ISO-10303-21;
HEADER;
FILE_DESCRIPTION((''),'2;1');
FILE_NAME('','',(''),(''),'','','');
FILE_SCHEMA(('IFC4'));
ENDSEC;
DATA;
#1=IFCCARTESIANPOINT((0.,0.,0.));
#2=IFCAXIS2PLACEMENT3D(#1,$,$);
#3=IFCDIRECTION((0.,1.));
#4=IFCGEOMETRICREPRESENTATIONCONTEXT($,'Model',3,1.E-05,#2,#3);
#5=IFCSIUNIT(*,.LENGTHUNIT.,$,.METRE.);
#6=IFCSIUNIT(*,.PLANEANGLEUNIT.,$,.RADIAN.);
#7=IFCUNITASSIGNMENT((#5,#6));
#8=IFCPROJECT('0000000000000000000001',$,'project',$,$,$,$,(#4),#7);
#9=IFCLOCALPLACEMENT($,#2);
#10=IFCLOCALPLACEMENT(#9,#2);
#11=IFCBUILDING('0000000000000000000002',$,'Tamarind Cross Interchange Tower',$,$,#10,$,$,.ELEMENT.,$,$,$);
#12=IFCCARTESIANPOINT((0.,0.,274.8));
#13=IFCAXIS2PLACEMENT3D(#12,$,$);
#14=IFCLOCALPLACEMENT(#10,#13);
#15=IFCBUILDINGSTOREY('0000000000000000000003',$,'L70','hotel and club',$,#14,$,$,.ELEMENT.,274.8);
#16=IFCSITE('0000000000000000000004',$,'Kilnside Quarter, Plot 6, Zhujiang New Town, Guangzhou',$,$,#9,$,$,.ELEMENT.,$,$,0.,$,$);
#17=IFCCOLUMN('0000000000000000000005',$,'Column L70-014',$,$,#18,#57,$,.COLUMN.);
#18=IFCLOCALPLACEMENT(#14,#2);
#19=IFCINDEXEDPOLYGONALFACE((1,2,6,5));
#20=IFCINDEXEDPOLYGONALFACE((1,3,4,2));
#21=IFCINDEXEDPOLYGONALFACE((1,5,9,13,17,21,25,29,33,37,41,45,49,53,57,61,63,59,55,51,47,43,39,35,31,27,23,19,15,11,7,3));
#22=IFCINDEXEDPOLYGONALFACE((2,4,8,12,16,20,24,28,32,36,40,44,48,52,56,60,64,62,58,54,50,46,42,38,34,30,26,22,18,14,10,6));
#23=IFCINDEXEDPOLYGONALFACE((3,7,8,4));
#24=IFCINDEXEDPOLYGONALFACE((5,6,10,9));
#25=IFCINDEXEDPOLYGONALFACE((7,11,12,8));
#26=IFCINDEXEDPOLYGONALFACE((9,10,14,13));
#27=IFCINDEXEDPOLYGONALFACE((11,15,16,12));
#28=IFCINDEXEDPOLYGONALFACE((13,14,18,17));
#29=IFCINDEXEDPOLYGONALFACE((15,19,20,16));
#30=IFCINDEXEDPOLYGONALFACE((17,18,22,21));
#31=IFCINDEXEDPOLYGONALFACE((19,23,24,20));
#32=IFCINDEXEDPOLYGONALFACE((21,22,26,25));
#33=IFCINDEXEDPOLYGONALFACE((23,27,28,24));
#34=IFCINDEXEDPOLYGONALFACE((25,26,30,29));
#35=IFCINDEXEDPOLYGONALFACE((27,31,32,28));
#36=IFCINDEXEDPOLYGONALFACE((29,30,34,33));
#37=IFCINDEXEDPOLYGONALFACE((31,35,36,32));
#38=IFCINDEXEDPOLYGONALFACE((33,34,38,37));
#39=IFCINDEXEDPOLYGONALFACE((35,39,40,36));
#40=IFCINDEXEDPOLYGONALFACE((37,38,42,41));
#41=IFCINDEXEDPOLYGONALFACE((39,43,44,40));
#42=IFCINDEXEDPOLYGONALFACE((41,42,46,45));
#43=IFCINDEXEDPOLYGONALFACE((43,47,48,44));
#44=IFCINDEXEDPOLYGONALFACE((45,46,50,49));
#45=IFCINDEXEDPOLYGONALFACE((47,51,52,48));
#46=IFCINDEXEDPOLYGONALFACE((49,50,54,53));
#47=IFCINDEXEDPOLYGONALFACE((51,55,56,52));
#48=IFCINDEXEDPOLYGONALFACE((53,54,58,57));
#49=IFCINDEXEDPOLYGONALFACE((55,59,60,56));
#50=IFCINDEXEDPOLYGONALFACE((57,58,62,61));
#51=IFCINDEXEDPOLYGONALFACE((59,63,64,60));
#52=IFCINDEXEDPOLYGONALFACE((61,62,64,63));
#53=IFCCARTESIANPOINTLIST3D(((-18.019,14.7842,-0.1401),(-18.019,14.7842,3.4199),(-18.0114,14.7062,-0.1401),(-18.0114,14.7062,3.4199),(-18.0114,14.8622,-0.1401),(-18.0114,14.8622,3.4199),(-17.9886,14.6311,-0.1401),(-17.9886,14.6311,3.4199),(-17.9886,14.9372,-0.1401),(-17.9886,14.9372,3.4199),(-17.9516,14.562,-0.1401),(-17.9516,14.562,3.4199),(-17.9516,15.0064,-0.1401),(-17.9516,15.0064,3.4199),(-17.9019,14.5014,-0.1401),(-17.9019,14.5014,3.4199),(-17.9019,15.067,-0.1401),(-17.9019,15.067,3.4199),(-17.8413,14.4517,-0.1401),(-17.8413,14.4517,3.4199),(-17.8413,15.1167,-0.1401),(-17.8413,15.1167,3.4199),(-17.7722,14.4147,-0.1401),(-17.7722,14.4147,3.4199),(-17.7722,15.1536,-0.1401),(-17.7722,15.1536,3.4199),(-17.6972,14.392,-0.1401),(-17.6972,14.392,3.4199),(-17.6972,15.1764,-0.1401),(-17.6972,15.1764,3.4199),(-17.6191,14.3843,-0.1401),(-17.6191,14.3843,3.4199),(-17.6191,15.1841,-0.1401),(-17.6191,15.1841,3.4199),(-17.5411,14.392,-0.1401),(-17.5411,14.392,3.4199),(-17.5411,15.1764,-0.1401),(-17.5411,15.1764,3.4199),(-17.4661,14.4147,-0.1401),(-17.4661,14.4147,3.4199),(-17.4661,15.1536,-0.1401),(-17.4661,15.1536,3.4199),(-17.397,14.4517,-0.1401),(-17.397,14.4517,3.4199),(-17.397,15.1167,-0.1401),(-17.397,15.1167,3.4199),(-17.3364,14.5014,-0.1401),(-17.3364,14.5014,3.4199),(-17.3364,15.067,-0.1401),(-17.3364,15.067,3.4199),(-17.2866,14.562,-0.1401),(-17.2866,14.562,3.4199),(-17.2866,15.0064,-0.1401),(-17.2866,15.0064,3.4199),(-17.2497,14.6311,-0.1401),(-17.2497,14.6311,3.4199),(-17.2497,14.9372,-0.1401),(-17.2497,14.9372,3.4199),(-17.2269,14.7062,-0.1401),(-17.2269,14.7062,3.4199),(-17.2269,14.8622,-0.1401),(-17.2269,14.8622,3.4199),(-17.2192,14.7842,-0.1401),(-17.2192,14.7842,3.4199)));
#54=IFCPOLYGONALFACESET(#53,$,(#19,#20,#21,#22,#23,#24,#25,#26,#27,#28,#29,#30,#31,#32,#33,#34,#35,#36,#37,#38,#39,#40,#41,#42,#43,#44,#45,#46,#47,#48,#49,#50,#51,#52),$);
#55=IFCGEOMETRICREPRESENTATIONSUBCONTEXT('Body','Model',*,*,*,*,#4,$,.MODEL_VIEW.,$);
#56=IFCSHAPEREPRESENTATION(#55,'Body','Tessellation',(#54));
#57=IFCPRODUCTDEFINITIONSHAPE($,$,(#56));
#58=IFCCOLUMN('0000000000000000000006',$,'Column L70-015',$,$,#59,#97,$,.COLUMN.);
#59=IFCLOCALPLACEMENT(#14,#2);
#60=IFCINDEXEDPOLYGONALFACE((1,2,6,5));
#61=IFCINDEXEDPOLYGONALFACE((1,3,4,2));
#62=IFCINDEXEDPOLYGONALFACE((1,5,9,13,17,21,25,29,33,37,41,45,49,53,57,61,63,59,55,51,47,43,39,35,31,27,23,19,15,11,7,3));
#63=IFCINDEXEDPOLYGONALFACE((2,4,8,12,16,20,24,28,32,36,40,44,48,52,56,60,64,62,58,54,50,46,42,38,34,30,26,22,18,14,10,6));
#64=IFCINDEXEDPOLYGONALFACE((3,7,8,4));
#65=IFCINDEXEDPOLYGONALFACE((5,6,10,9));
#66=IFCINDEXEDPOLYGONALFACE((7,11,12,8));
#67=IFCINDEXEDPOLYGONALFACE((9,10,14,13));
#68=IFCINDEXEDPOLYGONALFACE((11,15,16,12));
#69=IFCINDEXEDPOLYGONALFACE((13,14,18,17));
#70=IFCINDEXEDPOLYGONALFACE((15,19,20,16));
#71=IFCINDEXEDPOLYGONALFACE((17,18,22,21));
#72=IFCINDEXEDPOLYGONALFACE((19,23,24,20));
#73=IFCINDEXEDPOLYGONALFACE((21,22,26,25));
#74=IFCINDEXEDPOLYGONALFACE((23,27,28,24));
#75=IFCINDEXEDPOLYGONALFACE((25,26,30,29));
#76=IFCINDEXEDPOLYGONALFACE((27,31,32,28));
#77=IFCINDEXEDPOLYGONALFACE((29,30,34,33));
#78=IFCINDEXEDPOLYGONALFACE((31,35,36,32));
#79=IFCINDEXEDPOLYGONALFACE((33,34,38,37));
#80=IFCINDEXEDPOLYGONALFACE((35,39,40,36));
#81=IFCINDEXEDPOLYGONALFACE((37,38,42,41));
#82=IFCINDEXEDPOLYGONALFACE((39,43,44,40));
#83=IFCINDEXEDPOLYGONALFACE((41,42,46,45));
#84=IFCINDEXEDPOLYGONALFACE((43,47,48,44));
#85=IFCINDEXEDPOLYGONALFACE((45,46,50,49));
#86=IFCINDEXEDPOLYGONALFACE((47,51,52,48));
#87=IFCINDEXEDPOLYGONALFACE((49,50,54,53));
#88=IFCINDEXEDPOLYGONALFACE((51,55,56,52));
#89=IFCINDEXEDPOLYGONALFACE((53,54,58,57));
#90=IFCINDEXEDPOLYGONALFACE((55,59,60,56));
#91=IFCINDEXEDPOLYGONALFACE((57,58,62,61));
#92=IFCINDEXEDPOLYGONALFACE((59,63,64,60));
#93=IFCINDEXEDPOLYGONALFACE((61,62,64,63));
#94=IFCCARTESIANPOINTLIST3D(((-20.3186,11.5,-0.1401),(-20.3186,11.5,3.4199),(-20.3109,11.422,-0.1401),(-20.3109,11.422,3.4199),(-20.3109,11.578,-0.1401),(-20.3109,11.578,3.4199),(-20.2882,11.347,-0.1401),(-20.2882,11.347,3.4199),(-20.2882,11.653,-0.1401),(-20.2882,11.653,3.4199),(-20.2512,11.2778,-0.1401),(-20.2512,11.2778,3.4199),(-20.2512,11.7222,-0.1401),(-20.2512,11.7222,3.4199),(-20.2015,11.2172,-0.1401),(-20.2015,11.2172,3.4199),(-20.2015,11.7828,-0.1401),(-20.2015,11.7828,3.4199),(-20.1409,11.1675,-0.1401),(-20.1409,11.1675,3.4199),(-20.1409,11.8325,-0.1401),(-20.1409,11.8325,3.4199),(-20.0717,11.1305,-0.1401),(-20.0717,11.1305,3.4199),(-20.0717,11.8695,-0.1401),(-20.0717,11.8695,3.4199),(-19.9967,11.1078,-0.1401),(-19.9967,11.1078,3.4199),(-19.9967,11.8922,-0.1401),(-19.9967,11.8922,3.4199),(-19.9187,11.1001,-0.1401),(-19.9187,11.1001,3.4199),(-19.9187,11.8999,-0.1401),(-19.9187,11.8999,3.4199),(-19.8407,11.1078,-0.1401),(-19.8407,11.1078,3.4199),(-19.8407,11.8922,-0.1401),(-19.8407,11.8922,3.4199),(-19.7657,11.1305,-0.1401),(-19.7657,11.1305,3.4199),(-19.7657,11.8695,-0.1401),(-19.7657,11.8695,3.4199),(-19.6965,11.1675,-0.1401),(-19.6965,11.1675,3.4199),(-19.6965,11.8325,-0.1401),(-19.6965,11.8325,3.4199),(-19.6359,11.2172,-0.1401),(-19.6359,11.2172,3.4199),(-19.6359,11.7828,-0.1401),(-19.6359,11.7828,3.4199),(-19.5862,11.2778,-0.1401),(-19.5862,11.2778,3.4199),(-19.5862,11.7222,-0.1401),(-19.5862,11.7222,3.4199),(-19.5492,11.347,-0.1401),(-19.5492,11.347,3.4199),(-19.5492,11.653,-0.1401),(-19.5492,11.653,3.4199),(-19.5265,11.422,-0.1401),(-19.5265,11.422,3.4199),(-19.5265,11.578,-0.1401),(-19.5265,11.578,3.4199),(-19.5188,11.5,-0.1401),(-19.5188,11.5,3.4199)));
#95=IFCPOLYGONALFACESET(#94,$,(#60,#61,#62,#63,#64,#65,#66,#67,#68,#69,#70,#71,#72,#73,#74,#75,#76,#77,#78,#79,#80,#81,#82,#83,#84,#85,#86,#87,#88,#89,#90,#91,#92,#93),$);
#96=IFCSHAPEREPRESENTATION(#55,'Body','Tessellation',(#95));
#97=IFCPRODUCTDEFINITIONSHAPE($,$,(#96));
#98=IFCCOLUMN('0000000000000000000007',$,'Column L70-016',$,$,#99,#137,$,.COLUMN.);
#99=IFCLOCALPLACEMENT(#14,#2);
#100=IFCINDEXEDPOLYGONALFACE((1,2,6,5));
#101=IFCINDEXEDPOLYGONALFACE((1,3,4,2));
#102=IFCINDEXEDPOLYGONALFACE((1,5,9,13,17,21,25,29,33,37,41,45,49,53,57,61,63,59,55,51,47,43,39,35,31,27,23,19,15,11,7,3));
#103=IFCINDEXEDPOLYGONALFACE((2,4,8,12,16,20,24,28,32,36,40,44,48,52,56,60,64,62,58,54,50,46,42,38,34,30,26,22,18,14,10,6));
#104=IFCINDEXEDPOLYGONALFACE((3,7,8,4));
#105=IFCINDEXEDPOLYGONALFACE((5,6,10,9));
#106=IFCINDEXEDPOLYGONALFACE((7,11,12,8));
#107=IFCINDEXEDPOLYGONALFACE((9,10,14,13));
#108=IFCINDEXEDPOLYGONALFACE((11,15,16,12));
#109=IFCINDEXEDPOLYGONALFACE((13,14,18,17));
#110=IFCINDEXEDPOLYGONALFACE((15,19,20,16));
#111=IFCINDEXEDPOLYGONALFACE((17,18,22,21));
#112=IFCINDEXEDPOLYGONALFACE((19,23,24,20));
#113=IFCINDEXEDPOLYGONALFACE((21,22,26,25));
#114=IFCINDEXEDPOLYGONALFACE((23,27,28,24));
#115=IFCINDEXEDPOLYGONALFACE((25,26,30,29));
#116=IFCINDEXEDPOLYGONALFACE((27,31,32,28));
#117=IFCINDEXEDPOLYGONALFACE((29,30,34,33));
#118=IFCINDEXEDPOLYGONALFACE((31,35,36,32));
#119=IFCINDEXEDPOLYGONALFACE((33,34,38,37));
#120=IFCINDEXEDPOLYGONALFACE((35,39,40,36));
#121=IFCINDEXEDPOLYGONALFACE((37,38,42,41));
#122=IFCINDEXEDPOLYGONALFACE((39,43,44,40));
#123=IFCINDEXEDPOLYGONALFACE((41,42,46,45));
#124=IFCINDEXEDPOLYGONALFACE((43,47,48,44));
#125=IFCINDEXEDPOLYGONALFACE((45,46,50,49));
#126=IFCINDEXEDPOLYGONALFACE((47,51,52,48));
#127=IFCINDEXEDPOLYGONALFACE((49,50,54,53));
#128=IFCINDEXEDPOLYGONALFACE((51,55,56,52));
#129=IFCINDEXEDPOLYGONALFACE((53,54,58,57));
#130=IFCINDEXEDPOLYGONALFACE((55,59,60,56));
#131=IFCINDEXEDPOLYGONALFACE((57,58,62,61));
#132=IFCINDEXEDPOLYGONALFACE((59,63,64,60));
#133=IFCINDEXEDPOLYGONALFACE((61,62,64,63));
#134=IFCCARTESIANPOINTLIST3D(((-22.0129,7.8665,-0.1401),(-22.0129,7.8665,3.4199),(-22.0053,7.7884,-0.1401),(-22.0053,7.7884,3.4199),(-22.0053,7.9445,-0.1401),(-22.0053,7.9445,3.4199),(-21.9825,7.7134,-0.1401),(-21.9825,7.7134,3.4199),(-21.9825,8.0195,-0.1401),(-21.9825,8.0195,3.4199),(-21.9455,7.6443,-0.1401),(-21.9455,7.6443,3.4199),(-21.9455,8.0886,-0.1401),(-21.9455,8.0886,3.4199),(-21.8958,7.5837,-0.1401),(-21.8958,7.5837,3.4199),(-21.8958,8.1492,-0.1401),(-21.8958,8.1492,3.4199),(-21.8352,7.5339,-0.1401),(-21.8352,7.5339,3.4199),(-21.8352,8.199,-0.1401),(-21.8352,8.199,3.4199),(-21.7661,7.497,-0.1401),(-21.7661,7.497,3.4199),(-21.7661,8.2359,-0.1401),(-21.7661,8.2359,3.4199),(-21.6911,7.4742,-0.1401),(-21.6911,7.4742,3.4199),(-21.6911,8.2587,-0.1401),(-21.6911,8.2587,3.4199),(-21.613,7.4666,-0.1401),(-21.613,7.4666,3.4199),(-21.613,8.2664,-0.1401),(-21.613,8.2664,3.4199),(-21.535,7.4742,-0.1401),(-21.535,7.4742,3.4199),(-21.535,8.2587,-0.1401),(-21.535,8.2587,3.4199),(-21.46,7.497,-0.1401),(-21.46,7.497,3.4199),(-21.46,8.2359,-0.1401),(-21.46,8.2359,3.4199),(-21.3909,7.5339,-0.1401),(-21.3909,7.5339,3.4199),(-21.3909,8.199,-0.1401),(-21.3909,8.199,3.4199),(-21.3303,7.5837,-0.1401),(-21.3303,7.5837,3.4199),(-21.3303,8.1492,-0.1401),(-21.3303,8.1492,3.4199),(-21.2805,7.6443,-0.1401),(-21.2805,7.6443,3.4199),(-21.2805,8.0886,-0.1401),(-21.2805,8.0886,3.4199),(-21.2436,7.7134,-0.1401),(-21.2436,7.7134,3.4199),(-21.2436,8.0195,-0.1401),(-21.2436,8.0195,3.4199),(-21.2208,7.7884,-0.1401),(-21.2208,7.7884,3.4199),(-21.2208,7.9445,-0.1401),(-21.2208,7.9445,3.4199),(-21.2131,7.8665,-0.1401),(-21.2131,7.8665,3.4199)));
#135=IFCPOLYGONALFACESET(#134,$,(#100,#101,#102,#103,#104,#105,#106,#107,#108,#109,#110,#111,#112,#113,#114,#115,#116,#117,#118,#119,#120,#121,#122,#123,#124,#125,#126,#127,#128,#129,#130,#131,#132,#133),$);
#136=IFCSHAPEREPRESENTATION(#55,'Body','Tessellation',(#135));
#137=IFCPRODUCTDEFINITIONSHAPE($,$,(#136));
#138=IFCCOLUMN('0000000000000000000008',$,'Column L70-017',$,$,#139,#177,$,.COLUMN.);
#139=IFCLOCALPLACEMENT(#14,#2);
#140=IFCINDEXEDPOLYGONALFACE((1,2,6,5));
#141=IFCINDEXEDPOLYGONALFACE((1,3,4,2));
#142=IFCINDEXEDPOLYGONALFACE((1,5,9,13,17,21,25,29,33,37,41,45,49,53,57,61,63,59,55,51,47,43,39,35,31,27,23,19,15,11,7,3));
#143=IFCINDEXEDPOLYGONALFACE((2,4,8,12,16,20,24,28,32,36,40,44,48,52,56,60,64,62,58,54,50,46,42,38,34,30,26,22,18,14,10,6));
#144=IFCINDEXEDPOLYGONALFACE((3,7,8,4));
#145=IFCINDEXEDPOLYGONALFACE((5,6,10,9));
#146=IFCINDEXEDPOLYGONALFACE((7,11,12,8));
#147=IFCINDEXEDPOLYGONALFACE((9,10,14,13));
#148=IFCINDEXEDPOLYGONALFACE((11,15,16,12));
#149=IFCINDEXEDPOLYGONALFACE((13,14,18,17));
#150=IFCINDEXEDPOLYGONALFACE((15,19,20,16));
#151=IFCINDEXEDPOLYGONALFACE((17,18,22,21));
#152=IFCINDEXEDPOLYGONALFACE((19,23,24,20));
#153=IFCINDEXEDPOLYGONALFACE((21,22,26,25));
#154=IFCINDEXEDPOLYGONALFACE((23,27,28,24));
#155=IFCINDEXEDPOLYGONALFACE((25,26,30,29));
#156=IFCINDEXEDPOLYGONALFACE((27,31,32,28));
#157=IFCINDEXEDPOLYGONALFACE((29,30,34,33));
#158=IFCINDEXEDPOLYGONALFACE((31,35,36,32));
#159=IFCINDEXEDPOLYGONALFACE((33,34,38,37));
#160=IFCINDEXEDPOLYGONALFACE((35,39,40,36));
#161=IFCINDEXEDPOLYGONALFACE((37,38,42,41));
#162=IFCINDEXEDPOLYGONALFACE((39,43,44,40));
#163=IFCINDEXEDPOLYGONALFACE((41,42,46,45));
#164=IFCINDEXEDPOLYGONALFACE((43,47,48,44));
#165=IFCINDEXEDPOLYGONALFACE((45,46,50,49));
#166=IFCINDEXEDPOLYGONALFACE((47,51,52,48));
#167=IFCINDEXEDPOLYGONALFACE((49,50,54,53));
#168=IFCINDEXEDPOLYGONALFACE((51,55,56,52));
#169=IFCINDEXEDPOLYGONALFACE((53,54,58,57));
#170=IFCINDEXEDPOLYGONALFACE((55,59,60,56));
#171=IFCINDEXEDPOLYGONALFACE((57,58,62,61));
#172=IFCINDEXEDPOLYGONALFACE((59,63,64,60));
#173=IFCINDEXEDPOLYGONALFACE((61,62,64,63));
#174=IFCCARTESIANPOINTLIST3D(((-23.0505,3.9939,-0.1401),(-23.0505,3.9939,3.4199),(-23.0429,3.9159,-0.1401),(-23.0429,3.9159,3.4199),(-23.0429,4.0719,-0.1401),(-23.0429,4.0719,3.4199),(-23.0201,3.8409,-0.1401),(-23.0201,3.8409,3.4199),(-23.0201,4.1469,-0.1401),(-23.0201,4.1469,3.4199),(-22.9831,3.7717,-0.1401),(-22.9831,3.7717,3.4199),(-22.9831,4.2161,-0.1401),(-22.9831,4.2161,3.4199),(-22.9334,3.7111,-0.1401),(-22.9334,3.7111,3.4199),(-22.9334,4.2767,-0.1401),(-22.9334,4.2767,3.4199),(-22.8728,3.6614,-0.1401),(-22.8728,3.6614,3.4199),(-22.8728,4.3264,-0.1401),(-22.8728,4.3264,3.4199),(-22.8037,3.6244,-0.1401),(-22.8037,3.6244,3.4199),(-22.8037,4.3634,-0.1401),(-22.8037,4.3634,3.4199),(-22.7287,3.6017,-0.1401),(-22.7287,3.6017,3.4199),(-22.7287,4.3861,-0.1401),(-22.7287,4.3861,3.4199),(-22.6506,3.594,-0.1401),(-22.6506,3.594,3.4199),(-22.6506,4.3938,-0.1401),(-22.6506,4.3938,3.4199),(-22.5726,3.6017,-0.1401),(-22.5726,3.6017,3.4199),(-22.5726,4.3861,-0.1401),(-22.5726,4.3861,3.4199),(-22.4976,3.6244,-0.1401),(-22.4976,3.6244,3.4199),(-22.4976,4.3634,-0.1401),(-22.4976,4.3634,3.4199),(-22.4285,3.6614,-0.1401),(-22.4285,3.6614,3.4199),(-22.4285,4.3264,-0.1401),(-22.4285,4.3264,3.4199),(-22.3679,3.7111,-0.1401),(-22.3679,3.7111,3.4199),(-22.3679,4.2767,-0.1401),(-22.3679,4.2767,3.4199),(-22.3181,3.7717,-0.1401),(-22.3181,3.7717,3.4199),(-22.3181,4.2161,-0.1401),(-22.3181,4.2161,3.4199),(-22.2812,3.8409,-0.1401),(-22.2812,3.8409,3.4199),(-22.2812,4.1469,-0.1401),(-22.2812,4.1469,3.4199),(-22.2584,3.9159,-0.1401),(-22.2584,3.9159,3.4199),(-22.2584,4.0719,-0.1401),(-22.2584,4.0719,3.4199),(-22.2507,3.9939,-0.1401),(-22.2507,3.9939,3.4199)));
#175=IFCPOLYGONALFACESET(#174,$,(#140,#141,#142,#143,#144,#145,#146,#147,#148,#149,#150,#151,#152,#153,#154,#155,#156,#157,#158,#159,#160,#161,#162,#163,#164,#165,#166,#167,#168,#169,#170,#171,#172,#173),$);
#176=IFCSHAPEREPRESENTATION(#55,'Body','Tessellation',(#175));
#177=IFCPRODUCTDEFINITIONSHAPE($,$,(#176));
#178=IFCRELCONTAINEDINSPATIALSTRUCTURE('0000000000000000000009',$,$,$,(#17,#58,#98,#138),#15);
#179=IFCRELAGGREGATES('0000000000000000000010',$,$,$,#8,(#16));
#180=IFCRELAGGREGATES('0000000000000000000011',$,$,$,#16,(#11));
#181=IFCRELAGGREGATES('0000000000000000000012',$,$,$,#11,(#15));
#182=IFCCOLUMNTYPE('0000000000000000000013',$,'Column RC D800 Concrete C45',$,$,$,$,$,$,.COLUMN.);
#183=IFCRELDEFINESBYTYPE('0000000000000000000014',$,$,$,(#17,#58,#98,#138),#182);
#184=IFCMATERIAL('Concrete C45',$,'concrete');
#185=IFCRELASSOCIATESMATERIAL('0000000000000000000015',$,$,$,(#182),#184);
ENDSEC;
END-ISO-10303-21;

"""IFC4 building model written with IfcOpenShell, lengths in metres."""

from ifc_helpers import new_model, si_unit, direction, frame, origin, origin_2d, place, context, subcontext, project, spatial, circle, extrude, material, material_profile, profile_set, type_object, element, save


model = new_model("IFC4")

# Units and contexts
model_context = context("Model", 3, precision=1e-05, world=origin(), true_north=direction((0.0, 1.0)))
body_context = subcontext(model_context, "Body", "Model", "MODEL_VIEW")
ifc_project = project(units=[si_unit("LENGTHUNIT", "METRE"), si_unit("PLANEANGLEUNIT", "RADIAN")], contexts=[model_context])

# Site, building, storey
site_placement = place(None, origin())
site = spatial("IfcSite", under=ifc_project, at=site_placement, Name="Kilnside Quarter, Plot 6, Zhujiang New Town, Guangzhou", CompositionType="ELEMENT", RefElevation=0.0)
building_placement = place(site_placement, origin())
building = spatial("IfcBuilding", under=site, at=building_placement, Name="Tamarind Cross Interchange Tower", CompositionType="ELEMENT")
storey_placement = place(building_placement, frame((0.0, 0.0, 274.8)))
storey = spatial("IfcBuildingStorey", under=building, at=storey_placement, Name="L70", Description="hotel and club", CompositionType="ELEMENT", Elevation=274.8)

# Columns
ifc_material_1 = material(Name="Concrete C45", Category="concrete")
ifc_material_profile_1 = material_profile(ifc_material_1, circle(Radius=0.3999, at=origin_2d()), Name="RC D800")
ifc_profile_set_1 = profile_set([ifc_material_profile_1], Name="Concrete C45")
column_type = type_object("IfcColumnType", Name="Column RC D800 Concrete C45", PredefinedType="COLUMN", material=ifc_profile_set_1)
for number, where, z_axis, x_axis, name in (
    (1, (-17.6191, 14.7842, -0.1401), (0.0, 0.0, 1.0), (1.0, 0.0, 0.0), "Column L70-014"),
    (2, (-19.9187, 11.5, -0.1401), (0.0, 0.0, 1.0), (1.0, 0.0, 0.0), "Column L70-015"),
    (3, (-21.613, 7.8665, -0.1401), (0.0, 0.0, 1.0), (1.0, 0.0, 0.0), "Column L70-016"),
    (4, (-22.6506, 3.9939, -0.1401), (0.0, 0.0, 1.0), (1.0, 0.0, 0.0), "Column L70-017"),
):
    element("IfcColumn", number, at=place(storey_placement, frame(where, z_axis=z_axis, x_axis=x_axis)), inside=storey, type_object=column_type, Name=name, PredefinedType="COLUMN", context=body_context, shape_type="SweptSolid", body=[
        extrude(circle(Radius=0.3999, at=origin_2d()), origin(), (0.0, 0.0, 1.0), 3.5601),
    ])

save(model, "model.ifc")
